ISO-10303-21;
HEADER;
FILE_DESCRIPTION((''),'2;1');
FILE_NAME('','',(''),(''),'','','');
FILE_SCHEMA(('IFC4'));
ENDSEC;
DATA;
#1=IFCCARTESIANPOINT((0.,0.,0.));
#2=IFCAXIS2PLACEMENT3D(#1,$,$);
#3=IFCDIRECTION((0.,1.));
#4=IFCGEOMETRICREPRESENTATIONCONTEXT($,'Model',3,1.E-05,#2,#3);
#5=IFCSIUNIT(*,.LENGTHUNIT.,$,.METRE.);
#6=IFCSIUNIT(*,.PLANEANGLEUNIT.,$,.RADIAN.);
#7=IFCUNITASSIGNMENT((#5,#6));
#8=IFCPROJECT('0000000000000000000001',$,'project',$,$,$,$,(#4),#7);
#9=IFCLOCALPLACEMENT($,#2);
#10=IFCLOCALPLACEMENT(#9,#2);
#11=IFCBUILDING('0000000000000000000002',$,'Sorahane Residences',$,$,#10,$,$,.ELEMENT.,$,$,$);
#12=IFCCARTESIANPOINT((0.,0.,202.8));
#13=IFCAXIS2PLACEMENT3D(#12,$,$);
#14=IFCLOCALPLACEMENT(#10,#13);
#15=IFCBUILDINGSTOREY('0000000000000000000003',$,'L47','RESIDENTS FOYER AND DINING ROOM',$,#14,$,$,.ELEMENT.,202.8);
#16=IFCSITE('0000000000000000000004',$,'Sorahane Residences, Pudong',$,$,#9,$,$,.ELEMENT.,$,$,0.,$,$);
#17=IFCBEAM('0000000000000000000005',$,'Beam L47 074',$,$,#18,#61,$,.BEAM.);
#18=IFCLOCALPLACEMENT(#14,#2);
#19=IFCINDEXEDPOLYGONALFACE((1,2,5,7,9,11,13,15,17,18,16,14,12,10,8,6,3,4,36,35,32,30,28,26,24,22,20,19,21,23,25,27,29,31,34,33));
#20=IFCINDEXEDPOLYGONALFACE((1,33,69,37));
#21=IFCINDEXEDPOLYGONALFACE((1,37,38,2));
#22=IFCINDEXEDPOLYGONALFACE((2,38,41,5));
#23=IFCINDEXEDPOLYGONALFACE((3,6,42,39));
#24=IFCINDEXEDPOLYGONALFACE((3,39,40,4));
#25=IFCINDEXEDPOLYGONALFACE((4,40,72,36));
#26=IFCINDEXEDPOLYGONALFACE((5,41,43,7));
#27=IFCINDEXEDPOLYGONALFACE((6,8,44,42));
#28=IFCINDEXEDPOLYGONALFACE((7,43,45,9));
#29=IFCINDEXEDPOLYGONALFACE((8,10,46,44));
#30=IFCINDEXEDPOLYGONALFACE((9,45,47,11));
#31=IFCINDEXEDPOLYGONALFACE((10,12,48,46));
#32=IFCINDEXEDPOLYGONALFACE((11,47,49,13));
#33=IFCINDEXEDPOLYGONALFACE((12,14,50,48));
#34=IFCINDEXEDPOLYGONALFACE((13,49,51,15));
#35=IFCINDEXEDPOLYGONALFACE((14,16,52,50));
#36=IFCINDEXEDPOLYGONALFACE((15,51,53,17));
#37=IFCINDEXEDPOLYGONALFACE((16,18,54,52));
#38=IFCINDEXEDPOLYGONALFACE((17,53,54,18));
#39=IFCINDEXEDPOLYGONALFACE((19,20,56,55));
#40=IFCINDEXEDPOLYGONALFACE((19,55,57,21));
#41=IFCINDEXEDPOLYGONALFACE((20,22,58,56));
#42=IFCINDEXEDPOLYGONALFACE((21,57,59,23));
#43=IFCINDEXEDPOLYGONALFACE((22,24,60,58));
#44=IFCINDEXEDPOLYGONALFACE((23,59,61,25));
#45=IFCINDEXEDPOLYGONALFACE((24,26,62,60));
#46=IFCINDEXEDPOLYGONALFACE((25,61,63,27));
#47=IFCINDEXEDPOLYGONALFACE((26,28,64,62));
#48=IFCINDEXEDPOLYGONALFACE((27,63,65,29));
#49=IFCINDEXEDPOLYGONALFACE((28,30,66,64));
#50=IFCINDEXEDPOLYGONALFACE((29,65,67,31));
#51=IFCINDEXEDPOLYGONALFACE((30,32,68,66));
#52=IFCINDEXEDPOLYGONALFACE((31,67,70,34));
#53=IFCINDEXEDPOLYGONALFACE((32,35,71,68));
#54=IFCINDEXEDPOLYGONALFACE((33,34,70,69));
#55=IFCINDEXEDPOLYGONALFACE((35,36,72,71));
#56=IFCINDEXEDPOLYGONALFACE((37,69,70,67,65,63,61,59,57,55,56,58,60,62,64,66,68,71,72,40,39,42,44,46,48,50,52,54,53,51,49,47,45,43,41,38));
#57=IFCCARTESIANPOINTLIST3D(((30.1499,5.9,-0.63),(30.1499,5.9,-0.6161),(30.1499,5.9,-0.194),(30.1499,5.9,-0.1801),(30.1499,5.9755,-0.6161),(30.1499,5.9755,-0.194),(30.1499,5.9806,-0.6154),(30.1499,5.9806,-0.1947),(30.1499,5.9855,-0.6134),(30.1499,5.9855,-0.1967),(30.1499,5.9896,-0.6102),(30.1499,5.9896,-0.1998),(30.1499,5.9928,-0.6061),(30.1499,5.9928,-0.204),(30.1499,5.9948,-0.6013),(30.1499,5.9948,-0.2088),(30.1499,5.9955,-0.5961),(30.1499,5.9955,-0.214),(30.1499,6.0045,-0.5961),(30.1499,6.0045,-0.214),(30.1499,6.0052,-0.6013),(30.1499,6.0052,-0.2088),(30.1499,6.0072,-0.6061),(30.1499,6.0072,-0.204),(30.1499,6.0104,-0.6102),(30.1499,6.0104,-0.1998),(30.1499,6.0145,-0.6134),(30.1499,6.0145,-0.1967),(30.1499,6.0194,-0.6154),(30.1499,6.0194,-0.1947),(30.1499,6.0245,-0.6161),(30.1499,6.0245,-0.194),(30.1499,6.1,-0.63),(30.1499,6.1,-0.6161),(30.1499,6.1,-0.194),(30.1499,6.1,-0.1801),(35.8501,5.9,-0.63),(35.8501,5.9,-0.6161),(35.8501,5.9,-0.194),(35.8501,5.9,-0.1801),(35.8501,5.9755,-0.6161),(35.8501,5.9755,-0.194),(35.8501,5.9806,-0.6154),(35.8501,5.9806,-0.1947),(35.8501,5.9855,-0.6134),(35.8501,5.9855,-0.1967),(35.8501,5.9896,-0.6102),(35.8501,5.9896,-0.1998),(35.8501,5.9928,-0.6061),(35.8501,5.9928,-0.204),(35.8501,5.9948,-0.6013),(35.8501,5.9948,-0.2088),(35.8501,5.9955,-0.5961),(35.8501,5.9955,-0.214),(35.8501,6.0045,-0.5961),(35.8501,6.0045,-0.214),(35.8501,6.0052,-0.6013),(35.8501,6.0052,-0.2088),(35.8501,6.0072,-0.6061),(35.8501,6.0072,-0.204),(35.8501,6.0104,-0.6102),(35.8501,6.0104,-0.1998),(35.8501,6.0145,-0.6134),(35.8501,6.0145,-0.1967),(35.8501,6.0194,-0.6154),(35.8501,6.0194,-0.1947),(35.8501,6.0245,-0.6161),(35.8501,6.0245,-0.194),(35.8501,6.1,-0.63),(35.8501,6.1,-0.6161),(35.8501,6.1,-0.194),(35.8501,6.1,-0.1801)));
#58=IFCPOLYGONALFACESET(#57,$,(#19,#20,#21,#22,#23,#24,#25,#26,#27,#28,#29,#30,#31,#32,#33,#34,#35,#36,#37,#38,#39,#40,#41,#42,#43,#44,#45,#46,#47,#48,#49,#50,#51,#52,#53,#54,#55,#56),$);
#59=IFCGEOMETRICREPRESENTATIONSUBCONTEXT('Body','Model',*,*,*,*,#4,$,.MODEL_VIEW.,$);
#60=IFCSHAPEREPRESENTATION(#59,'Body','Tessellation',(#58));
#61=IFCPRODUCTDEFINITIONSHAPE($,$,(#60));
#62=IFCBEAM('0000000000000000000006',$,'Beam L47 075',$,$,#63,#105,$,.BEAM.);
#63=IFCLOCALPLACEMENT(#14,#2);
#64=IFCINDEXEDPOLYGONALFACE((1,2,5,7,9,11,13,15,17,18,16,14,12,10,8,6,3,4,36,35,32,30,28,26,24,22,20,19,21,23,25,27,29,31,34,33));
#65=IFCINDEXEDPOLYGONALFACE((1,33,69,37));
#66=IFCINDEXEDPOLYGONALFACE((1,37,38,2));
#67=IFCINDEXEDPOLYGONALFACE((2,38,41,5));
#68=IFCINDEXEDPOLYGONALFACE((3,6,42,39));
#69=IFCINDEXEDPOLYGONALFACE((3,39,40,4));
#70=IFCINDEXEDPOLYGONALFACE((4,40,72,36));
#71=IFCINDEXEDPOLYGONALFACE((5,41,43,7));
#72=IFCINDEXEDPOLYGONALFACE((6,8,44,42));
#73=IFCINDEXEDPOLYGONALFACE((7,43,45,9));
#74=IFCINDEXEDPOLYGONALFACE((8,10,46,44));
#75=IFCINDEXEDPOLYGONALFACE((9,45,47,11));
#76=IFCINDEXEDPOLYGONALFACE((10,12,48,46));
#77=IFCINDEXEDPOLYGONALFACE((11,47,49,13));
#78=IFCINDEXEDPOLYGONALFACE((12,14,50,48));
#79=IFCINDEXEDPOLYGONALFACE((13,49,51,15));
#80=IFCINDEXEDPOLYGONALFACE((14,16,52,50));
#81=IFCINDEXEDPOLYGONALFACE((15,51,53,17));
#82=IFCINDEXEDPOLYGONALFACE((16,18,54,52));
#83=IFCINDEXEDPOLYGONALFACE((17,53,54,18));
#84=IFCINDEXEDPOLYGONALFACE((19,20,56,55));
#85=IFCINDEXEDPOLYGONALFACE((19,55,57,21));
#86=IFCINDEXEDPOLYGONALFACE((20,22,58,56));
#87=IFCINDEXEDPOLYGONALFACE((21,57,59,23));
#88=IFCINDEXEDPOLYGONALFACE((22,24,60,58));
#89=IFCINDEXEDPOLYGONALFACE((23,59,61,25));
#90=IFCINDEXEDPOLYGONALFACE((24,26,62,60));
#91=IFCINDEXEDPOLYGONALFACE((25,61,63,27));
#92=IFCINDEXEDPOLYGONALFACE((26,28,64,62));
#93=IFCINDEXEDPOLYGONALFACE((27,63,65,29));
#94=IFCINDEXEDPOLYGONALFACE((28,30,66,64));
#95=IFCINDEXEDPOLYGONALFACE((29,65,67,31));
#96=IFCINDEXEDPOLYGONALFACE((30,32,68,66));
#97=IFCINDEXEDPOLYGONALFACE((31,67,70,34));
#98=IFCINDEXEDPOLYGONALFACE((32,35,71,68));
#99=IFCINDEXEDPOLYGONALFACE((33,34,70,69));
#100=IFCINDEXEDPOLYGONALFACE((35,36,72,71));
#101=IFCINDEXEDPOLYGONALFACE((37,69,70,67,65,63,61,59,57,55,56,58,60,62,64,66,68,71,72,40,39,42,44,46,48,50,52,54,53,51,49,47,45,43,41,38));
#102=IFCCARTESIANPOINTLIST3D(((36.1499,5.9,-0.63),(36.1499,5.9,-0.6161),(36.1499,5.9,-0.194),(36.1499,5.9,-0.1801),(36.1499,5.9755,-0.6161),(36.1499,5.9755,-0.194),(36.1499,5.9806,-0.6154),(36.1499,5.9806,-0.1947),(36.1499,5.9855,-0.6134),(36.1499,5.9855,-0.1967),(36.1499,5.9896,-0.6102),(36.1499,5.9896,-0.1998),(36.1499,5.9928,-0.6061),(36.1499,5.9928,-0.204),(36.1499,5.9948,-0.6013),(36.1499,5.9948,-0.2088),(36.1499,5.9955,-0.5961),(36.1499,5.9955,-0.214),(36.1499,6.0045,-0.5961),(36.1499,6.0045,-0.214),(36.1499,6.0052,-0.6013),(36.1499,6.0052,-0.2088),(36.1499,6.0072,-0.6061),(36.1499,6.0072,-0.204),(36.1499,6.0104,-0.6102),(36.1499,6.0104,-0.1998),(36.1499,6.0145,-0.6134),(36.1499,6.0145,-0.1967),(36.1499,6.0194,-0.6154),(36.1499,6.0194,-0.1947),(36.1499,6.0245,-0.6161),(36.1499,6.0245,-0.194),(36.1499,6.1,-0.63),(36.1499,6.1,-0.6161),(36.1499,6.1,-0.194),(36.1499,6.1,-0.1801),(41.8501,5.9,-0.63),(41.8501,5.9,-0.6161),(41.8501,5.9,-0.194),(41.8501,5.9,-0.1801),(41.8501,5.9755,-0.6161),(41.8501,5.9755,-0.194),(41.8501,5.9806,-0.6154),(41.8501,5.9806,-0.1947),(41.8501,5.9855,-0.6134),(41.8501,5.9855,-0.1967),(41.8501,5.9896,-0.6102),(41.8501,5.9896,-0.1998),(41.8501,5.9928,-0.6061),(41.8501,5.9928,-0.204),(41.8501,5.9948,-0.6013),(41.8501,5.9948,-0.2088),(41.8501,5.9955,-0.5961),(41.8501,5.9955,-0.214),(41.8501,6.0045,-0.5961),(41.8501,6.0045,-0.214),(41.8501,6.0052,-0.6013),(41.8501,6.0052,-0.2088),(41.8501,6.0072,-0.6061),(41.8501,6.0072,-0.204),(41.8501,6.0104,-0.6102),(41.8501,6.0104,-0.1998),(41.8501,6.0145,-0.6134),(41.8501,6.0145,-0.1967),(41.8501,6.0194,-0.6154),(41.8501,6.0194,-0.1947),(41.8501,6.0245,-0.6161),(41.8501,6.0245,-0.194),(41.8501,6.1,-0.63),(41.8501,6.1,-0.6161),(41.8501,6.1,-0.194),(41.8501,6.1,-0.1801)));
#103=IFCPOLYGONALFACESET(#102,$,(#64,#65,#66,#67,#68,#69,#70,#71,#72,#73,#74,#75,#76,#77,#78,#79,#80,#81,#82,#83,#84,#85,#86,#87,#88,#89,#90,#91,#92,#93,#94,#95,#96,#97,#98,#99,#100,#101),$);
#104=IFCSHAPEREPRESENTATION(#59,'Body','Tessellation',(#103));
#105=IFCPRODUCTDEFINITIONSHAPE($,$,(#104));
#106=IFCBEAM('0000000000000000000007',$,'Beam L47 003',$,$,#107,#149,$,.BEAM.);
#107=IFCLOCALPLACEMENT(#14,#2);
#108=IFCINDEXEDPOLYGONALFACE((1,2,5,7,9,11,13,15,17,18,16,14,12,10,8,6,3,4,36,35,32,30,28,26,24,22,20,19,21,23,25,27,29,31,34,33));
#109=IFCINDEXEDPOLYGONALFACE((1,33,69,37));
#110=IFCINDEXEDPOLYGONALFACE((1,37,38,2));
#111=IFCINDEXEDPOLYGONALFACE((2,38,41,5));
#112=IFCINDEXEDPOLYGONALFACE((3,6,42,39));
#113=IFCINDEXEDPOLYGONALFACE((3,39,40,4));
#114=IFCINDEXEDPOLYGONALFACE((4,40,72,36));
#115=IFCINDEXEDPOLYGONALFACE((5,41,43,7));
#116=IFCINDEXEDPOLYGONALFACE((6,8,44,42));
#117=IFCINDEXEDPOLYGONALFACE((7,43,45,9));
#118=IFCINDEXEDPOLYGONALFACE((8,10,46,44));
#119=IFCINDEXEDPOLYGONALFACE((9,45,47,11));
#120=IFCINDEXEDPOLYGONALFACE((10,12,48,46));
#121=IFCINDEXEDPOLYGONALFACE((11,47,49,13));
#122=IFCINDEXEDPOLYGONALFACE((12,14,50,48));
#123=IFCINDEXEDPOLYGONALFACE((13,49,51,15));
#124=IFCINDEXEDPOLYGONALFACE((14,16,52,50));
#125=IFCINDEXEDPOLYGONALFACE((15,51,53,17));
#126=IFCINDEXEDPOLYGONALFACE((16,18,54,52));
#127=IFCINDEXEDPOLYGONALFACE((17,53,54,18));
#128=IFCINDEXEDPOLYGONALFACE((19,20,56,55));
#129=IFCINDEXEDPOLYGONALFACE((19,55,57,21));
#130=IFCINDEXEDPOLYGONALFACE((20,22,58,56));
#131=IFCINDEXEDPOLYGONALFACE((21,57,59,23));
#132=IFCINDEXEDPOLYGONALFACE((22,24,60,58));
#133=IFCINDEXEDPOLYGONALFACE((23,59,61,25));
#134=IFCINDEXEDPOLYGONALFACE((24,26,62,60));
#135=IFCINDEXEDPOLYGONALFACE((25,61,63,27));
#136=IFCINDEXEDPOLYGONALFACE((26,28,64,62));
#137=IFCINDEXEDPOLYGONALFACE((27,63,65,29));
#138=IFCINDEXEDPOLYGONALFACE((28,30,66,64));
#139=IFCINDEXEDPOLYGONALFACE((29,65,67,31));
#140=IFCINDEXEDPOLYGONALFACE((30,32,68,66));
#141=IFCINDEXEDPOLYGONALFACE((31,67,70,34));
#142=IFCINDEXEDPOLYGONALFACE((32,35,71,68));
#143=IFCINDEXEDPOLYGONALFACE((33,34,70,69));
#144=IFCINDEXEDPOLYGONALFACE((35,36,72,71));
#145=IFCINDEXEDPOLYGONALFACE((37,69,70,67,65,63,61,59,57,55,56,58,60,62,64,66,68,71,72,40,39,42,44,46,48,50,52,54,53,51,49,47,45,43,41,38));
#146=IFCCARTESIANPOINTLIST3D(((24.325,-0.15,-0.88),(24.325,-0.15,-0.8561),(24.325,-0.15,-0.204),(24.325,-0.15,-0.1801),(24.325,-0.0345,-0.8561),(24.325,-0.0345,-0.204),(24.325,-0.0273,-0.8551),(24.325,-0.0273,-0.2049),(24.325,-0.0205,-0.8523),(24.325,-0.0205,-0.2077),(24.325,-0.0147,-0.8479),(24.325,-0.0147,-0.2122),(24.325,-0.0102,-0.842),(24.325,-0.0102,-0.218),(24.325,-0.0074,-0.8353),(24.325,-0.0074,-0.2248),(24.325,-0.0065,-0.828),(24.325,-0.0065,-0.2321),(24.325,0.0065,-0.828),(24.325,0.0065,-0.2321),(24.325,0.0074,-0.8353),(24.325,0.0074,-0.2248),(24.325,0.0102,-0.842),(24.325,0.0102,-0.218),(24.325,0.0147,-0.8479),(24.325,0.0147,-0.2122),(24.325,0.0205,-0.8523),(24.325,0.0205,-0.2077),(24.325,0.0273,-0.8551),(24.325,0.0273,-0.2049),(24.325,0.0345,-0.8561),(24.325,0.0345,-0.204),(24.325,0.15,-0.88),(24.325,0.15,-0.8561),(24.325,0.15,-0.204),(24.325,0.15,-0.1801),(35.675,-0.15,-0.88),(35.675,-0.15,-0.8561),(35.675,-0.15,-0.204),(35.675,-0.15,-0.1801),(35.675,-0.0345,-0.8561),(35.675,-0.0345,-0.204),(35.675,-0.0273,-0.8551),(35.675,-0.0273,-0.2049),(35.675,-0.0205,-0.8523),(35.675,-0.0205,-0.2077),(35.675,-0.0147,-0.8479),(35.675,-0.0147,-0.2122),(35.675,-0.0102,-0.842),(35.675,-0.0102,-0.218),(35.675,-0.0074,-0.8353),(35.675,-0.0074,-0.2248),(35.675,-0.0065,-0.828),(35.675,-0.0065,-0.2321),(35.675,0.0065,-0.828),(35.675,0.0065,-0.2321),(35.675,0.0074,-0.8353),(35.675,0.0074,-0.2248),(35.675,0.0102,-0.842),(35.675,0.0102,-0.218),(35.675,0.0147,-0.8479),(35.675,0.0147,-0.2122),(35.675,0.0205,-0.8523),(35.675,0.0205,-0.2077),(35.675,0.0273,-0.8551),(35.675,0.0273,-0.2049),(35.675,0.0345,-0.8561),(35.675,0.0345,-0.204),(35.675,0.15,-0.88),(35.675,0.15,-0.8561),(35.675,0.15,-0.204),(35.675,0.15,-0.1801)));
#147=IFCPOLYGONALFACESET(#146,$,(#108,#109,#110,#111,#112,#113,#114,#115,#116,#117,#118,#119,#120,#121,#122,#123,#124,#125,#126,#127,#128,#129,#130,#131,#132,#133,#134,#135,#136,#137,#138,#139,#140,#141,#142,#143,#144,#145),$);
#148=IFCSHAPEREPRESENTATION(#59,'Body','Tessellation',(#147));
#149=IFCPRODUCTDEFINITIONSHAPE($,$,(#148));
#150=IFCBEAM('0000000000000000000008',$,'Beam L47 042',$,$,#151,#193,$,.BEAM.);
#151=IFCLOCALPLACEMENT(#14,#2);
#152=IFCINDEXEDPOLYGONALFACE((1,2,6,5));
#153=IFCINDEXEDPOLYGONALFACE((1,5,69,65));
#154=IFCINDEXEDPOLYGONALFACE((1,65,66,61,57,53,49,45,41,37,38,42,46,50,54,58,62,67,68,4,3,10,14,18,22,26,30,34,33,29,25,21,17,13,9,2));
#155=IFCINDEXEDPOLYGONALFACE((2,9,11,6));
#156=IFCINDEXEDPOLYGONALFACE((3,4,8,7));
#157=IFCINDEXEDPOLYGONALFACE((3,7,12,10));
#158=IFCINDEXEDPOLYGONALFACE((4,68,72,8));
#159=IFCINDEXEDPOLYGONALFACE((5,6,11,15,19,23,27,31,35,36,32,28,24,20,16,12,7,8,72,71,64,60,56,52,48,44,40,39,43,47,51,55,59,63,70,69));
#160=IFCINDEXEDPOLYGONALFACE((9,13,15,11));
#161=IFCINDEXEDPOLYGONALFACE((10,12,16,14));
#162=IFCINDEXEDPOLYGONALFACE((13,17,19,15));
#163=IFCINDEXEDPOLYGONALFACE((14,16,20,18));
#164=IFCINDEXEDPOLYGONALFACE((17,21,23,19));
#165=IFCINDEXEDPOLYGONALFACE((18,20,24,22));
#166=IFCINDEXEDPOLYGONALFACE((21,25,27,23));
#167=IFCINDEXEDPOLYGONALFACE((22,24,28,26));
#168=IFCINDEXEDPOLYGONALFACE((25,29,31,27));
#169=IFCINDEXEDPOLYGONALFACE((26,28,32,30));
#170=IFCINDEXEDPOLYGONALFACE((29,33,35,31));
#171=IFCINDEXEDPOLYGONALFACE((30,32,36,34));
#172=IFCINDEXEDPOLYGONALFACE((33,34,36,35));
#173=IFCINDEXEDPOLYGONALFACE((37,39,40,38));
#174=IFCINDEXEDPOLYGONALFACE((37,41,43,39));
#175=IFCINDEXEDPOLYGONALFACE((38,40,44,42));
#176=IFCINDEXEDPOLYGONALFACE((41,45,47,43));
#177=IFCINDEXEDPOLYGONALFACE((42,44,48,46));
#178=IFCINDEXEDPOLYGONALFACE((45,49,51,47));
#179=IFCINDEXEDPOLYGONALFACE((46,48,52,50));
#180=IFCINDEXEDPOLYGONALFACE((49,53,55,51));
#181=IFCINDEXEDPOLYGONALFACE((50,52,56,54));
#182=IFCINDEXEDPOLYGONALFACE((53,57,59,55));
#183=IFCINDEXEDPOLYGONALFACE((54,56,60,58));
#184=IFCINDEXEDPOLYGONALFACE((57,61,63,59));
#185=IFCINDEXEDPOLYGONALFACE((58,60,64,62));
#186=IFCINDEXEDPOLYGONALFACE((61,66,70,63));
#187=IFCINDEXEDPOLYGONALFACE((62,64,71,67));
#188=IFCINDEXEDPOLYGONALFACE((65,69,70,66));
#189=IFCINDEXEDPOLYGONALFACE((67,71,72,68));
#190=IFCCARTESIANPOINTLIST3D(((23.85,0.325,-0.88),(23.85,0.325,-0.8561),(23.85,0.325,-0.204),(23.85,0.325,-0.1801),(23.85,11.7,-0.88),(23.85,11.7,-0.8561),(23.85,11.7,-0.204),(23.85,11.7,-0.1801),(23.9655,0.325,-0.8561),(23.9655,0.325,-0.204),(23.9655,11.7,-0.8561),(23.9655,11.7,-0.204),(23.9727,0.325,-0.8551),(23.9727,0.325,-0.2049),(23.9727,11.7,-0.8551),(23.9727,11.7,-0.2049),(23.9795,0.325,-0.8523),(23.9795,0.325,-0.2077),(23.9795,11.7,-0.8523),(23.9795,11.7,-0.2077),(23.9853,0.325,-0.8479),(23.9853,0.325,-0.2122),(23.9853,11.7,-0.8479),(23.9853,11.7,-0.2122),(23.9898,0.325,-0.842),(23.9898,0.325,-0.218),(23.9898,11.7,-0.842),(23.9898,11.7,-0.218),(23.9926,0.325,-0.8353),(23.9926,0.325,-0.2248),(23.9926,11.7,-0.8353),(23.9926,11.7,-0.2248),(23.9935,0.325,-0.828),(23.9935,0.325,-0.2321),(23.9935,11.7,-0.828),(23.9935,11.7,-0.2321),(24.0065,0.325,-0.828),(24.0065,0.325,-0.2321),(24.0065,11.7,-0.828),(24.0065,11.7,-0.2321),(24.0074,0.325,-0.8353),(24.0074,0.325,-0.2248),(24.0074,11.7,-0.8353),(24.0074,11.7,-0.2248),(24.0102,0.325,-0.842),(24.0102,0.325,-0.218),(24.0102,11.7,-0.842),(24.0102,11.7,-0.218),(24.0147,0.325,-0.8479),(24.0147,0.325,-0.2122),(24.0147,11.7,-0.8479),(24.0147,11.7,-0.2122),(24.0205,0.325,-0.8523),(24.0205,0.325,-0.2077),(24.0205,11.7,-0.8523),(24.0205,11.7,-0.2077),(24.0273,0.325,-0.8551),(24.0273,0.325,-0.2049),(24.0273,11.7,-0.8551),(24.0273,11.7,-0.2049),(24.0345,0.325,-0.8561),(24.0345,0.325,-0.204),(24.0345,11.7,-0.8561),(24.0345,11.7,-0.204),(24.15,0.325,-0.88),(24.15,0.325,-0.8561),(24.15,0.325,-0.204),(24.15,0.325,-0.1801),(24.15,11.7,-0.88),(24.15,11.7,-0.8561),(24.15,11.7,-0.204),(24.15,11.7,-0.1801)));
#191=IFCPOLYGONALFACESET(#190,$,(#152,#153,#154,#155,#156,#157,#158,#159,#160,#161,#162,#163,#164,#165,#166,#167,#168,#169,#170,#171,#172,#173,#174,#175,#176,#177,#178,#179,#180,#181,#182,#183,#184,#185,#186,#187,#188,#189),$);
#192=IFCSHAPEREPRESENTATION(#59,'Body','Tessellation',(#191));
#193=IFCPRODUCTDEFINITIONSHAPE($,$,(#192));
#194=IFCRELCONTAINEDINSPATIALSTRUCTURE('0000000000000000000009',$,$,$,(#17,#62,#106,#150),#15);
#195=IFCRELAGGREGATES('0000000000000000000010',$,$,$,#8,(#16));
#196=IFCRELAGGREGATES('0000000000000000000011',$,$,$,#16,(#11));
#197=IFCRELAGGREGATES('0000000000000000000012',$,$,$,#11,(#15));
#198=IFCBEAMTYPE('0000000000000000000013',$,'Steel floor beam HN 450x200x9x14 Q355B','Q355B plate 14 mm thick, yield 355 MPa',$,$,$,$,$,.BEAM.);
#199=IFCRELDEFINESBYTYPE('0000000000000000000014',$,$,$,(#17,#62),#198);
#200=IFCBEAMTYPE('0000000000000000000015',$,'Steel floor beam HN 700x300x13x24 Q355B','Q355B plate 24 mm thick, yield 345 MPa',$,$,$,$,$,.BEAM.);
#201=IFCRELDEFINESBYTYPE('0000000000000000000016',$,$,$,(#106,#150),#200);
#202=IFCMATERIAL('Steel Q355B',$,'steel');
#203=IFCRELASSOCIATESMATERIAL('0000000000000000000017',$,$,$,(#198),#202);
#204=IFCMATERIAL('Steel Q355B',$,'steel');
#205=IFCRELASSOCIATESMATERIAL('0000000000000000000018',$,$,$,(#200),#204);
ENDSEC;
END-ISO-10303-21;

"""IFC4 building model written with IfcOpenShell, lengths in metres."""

from ifc_helpers import new_model, si_unit, direction, frame, origin, origin_2d, place, context, subcontext, project, spatial, i_section, extrude, material, material_profile, profile_set, type_object, element, save


model = new_model("IFC4")

# Units and contexts
model_context = context("Model", 3, precision=1e-05, world=origin(), true_north=direction((0.0, 1.0)))
body_context = subcontext(model_context, "Body", "Model", "MODEL_VIEW")
ifc_project = project(units=[si_unit("LENGTHUNIT", "METRE"), si_unit("PLANEANGLEUNIT", "RADIAN")], contexts=[model_context])

# Site, building, storey
site_placement = place(None, origin())
site = spatial("IfcSite", under=ifc_project, at=site_placement, Name="Sorahane Residences, Pudong", CompositionType="ELEMENT", RefElevation=0.0)
building_placement = place(site_placement, origin())
building = spatial("IfcBuilding", under=site, at=building_placement, Name="Sorahane Residences", CompositionType="ELEMENT")
storey_placement = place(building_placement, frame((0.0, 0.0, 202.8)))
storey = spatial("IfcBuildingStorey", under=building, at=storey_placement, Name="L47", Description="RESIDENTS FOYER AND DINING ROOM", CompositionType="ELEMENT", Elevation=202.8)

# Beams
ifc_material_1 = material(Name="Steel Q355B", Category="steel")
ifc_material_profile_1 = material_profile(ifc_material_1, i_section(OverallWidth=0.2, OverallDepth=0.45, WebThickness=0.009, FlangeThickness=0.0139, FilletRadius=0.02, at=origin_2d()), Name="HN 450x200x9x14")
ifc_profile_set_1 = profile_set([ifc_material_profile_1], Name="Steel Q355B")
beam_type_1 = type_object("IfcBeamType", Name="Steel floor beam HN 450x200x9x14 Q355B", Description="Q355B plate 14 mm thick, yield 355 MPa", PredefinedType="BEAM", material=ifc_profile_set_1)
for number, where, z_axis, x_axis, name in (
    (1, (30.1499, 6.0, -0.405), (1.0, 0.0, 0.0), (0.0, 1.0, 0.0), "Beam L47 074"),
    (2, (36.1499, 6.0, -0.405), (1.0, 0.0, 0.0), (0.0, 1.0, 0.0), "Beam L47 075"),
):
    element("IfcBeam", number, at=place(storey_placement, frame(where, z_axis=z_axis, x_axis=x_axis)), inside=storey, type_object=beam_type_1, Name=name, PredefinedType="BEAM", context=body_context, shape_type="SweptSolid", body=[
        extrude(i_section(OverallWidth=0.2, OverallDepth=0.45, WebThickness=0.009, FlangeThickness=0.0139, FilletRadius=0.02, at=origin_2d()), origin(), (0.0, 0.0, 1.0), 5.7002),
    ])
ifc_material_2 = material(Name="Steel Q355B", Category="steel")
ifc_material_profile_2 = material_profile(ifc_material_2, i_section(OverallWidth=0.3, OverallDepth=0.7, WebThickness=0.0129, FlangeThickness=0.0239, FilletRadius=0.0281, at=origin_2d()), Name="HN 700x300x13x24")
ifc_profile_set_2 = profile_set([ifc_material_profile_2], Name="Steel Q355B")
beam_type_2 = type_object("IfcBeamType", Name="Steel floor beam HN 700x300x13x24 Q355B", Description="Q355B plate 24 mm thick, yield 345 MPa", PredefinedType="BEAM", material=ifc_profile_set_2)
beam_1_placement = place(storey_placement, frame((24.325, 0.0, -0.53), z_axis=(1.0, 0.0, 0.0), x_axis=(0.0, 1.0, 0.0)))
element("IfcBeam", 3, at=beam_1_placement, inside=storey, type_object=beam_type_2, Name="Beam L47 003", PredefinedType="BEAM", context=body_context, shape_type="SweptSolid", body=[
    extrude(i_section(OverallWidth=0.3, OverallDepth=0.7, WebThickness=0.0129, FlangeThickness=0.0239, FilletRadius=0.0281, at=origin_2d()), origin(), (0.0, 0.0, 1.0), 11.3501),
])
beam_2_placement = place(storey_placement, frame((24.0, 0.325, -0.53), z_axis=(0.0, 1.0, 0.0), x_axis=(-1.0, 0.0, 0.0)))
element("IfcBeam", 4, at=beam_2_placement, inside=storey, type_object=beam_type_2, Name="Beam L47 042", PredefinedType="BEAM", context=body_context, shape_type="SweptSolid", body=[
    extrude(i_section(OverallWidth=0.3, OverallDepth=0.7, WebThickness=0.0129, FlangeThickness=0.0239, FilletRadius=0.0281, at=origin_2d()), origin(), (0.0, 0.0, 1.0), 11.375),
])

save(model, "model.ifc")
